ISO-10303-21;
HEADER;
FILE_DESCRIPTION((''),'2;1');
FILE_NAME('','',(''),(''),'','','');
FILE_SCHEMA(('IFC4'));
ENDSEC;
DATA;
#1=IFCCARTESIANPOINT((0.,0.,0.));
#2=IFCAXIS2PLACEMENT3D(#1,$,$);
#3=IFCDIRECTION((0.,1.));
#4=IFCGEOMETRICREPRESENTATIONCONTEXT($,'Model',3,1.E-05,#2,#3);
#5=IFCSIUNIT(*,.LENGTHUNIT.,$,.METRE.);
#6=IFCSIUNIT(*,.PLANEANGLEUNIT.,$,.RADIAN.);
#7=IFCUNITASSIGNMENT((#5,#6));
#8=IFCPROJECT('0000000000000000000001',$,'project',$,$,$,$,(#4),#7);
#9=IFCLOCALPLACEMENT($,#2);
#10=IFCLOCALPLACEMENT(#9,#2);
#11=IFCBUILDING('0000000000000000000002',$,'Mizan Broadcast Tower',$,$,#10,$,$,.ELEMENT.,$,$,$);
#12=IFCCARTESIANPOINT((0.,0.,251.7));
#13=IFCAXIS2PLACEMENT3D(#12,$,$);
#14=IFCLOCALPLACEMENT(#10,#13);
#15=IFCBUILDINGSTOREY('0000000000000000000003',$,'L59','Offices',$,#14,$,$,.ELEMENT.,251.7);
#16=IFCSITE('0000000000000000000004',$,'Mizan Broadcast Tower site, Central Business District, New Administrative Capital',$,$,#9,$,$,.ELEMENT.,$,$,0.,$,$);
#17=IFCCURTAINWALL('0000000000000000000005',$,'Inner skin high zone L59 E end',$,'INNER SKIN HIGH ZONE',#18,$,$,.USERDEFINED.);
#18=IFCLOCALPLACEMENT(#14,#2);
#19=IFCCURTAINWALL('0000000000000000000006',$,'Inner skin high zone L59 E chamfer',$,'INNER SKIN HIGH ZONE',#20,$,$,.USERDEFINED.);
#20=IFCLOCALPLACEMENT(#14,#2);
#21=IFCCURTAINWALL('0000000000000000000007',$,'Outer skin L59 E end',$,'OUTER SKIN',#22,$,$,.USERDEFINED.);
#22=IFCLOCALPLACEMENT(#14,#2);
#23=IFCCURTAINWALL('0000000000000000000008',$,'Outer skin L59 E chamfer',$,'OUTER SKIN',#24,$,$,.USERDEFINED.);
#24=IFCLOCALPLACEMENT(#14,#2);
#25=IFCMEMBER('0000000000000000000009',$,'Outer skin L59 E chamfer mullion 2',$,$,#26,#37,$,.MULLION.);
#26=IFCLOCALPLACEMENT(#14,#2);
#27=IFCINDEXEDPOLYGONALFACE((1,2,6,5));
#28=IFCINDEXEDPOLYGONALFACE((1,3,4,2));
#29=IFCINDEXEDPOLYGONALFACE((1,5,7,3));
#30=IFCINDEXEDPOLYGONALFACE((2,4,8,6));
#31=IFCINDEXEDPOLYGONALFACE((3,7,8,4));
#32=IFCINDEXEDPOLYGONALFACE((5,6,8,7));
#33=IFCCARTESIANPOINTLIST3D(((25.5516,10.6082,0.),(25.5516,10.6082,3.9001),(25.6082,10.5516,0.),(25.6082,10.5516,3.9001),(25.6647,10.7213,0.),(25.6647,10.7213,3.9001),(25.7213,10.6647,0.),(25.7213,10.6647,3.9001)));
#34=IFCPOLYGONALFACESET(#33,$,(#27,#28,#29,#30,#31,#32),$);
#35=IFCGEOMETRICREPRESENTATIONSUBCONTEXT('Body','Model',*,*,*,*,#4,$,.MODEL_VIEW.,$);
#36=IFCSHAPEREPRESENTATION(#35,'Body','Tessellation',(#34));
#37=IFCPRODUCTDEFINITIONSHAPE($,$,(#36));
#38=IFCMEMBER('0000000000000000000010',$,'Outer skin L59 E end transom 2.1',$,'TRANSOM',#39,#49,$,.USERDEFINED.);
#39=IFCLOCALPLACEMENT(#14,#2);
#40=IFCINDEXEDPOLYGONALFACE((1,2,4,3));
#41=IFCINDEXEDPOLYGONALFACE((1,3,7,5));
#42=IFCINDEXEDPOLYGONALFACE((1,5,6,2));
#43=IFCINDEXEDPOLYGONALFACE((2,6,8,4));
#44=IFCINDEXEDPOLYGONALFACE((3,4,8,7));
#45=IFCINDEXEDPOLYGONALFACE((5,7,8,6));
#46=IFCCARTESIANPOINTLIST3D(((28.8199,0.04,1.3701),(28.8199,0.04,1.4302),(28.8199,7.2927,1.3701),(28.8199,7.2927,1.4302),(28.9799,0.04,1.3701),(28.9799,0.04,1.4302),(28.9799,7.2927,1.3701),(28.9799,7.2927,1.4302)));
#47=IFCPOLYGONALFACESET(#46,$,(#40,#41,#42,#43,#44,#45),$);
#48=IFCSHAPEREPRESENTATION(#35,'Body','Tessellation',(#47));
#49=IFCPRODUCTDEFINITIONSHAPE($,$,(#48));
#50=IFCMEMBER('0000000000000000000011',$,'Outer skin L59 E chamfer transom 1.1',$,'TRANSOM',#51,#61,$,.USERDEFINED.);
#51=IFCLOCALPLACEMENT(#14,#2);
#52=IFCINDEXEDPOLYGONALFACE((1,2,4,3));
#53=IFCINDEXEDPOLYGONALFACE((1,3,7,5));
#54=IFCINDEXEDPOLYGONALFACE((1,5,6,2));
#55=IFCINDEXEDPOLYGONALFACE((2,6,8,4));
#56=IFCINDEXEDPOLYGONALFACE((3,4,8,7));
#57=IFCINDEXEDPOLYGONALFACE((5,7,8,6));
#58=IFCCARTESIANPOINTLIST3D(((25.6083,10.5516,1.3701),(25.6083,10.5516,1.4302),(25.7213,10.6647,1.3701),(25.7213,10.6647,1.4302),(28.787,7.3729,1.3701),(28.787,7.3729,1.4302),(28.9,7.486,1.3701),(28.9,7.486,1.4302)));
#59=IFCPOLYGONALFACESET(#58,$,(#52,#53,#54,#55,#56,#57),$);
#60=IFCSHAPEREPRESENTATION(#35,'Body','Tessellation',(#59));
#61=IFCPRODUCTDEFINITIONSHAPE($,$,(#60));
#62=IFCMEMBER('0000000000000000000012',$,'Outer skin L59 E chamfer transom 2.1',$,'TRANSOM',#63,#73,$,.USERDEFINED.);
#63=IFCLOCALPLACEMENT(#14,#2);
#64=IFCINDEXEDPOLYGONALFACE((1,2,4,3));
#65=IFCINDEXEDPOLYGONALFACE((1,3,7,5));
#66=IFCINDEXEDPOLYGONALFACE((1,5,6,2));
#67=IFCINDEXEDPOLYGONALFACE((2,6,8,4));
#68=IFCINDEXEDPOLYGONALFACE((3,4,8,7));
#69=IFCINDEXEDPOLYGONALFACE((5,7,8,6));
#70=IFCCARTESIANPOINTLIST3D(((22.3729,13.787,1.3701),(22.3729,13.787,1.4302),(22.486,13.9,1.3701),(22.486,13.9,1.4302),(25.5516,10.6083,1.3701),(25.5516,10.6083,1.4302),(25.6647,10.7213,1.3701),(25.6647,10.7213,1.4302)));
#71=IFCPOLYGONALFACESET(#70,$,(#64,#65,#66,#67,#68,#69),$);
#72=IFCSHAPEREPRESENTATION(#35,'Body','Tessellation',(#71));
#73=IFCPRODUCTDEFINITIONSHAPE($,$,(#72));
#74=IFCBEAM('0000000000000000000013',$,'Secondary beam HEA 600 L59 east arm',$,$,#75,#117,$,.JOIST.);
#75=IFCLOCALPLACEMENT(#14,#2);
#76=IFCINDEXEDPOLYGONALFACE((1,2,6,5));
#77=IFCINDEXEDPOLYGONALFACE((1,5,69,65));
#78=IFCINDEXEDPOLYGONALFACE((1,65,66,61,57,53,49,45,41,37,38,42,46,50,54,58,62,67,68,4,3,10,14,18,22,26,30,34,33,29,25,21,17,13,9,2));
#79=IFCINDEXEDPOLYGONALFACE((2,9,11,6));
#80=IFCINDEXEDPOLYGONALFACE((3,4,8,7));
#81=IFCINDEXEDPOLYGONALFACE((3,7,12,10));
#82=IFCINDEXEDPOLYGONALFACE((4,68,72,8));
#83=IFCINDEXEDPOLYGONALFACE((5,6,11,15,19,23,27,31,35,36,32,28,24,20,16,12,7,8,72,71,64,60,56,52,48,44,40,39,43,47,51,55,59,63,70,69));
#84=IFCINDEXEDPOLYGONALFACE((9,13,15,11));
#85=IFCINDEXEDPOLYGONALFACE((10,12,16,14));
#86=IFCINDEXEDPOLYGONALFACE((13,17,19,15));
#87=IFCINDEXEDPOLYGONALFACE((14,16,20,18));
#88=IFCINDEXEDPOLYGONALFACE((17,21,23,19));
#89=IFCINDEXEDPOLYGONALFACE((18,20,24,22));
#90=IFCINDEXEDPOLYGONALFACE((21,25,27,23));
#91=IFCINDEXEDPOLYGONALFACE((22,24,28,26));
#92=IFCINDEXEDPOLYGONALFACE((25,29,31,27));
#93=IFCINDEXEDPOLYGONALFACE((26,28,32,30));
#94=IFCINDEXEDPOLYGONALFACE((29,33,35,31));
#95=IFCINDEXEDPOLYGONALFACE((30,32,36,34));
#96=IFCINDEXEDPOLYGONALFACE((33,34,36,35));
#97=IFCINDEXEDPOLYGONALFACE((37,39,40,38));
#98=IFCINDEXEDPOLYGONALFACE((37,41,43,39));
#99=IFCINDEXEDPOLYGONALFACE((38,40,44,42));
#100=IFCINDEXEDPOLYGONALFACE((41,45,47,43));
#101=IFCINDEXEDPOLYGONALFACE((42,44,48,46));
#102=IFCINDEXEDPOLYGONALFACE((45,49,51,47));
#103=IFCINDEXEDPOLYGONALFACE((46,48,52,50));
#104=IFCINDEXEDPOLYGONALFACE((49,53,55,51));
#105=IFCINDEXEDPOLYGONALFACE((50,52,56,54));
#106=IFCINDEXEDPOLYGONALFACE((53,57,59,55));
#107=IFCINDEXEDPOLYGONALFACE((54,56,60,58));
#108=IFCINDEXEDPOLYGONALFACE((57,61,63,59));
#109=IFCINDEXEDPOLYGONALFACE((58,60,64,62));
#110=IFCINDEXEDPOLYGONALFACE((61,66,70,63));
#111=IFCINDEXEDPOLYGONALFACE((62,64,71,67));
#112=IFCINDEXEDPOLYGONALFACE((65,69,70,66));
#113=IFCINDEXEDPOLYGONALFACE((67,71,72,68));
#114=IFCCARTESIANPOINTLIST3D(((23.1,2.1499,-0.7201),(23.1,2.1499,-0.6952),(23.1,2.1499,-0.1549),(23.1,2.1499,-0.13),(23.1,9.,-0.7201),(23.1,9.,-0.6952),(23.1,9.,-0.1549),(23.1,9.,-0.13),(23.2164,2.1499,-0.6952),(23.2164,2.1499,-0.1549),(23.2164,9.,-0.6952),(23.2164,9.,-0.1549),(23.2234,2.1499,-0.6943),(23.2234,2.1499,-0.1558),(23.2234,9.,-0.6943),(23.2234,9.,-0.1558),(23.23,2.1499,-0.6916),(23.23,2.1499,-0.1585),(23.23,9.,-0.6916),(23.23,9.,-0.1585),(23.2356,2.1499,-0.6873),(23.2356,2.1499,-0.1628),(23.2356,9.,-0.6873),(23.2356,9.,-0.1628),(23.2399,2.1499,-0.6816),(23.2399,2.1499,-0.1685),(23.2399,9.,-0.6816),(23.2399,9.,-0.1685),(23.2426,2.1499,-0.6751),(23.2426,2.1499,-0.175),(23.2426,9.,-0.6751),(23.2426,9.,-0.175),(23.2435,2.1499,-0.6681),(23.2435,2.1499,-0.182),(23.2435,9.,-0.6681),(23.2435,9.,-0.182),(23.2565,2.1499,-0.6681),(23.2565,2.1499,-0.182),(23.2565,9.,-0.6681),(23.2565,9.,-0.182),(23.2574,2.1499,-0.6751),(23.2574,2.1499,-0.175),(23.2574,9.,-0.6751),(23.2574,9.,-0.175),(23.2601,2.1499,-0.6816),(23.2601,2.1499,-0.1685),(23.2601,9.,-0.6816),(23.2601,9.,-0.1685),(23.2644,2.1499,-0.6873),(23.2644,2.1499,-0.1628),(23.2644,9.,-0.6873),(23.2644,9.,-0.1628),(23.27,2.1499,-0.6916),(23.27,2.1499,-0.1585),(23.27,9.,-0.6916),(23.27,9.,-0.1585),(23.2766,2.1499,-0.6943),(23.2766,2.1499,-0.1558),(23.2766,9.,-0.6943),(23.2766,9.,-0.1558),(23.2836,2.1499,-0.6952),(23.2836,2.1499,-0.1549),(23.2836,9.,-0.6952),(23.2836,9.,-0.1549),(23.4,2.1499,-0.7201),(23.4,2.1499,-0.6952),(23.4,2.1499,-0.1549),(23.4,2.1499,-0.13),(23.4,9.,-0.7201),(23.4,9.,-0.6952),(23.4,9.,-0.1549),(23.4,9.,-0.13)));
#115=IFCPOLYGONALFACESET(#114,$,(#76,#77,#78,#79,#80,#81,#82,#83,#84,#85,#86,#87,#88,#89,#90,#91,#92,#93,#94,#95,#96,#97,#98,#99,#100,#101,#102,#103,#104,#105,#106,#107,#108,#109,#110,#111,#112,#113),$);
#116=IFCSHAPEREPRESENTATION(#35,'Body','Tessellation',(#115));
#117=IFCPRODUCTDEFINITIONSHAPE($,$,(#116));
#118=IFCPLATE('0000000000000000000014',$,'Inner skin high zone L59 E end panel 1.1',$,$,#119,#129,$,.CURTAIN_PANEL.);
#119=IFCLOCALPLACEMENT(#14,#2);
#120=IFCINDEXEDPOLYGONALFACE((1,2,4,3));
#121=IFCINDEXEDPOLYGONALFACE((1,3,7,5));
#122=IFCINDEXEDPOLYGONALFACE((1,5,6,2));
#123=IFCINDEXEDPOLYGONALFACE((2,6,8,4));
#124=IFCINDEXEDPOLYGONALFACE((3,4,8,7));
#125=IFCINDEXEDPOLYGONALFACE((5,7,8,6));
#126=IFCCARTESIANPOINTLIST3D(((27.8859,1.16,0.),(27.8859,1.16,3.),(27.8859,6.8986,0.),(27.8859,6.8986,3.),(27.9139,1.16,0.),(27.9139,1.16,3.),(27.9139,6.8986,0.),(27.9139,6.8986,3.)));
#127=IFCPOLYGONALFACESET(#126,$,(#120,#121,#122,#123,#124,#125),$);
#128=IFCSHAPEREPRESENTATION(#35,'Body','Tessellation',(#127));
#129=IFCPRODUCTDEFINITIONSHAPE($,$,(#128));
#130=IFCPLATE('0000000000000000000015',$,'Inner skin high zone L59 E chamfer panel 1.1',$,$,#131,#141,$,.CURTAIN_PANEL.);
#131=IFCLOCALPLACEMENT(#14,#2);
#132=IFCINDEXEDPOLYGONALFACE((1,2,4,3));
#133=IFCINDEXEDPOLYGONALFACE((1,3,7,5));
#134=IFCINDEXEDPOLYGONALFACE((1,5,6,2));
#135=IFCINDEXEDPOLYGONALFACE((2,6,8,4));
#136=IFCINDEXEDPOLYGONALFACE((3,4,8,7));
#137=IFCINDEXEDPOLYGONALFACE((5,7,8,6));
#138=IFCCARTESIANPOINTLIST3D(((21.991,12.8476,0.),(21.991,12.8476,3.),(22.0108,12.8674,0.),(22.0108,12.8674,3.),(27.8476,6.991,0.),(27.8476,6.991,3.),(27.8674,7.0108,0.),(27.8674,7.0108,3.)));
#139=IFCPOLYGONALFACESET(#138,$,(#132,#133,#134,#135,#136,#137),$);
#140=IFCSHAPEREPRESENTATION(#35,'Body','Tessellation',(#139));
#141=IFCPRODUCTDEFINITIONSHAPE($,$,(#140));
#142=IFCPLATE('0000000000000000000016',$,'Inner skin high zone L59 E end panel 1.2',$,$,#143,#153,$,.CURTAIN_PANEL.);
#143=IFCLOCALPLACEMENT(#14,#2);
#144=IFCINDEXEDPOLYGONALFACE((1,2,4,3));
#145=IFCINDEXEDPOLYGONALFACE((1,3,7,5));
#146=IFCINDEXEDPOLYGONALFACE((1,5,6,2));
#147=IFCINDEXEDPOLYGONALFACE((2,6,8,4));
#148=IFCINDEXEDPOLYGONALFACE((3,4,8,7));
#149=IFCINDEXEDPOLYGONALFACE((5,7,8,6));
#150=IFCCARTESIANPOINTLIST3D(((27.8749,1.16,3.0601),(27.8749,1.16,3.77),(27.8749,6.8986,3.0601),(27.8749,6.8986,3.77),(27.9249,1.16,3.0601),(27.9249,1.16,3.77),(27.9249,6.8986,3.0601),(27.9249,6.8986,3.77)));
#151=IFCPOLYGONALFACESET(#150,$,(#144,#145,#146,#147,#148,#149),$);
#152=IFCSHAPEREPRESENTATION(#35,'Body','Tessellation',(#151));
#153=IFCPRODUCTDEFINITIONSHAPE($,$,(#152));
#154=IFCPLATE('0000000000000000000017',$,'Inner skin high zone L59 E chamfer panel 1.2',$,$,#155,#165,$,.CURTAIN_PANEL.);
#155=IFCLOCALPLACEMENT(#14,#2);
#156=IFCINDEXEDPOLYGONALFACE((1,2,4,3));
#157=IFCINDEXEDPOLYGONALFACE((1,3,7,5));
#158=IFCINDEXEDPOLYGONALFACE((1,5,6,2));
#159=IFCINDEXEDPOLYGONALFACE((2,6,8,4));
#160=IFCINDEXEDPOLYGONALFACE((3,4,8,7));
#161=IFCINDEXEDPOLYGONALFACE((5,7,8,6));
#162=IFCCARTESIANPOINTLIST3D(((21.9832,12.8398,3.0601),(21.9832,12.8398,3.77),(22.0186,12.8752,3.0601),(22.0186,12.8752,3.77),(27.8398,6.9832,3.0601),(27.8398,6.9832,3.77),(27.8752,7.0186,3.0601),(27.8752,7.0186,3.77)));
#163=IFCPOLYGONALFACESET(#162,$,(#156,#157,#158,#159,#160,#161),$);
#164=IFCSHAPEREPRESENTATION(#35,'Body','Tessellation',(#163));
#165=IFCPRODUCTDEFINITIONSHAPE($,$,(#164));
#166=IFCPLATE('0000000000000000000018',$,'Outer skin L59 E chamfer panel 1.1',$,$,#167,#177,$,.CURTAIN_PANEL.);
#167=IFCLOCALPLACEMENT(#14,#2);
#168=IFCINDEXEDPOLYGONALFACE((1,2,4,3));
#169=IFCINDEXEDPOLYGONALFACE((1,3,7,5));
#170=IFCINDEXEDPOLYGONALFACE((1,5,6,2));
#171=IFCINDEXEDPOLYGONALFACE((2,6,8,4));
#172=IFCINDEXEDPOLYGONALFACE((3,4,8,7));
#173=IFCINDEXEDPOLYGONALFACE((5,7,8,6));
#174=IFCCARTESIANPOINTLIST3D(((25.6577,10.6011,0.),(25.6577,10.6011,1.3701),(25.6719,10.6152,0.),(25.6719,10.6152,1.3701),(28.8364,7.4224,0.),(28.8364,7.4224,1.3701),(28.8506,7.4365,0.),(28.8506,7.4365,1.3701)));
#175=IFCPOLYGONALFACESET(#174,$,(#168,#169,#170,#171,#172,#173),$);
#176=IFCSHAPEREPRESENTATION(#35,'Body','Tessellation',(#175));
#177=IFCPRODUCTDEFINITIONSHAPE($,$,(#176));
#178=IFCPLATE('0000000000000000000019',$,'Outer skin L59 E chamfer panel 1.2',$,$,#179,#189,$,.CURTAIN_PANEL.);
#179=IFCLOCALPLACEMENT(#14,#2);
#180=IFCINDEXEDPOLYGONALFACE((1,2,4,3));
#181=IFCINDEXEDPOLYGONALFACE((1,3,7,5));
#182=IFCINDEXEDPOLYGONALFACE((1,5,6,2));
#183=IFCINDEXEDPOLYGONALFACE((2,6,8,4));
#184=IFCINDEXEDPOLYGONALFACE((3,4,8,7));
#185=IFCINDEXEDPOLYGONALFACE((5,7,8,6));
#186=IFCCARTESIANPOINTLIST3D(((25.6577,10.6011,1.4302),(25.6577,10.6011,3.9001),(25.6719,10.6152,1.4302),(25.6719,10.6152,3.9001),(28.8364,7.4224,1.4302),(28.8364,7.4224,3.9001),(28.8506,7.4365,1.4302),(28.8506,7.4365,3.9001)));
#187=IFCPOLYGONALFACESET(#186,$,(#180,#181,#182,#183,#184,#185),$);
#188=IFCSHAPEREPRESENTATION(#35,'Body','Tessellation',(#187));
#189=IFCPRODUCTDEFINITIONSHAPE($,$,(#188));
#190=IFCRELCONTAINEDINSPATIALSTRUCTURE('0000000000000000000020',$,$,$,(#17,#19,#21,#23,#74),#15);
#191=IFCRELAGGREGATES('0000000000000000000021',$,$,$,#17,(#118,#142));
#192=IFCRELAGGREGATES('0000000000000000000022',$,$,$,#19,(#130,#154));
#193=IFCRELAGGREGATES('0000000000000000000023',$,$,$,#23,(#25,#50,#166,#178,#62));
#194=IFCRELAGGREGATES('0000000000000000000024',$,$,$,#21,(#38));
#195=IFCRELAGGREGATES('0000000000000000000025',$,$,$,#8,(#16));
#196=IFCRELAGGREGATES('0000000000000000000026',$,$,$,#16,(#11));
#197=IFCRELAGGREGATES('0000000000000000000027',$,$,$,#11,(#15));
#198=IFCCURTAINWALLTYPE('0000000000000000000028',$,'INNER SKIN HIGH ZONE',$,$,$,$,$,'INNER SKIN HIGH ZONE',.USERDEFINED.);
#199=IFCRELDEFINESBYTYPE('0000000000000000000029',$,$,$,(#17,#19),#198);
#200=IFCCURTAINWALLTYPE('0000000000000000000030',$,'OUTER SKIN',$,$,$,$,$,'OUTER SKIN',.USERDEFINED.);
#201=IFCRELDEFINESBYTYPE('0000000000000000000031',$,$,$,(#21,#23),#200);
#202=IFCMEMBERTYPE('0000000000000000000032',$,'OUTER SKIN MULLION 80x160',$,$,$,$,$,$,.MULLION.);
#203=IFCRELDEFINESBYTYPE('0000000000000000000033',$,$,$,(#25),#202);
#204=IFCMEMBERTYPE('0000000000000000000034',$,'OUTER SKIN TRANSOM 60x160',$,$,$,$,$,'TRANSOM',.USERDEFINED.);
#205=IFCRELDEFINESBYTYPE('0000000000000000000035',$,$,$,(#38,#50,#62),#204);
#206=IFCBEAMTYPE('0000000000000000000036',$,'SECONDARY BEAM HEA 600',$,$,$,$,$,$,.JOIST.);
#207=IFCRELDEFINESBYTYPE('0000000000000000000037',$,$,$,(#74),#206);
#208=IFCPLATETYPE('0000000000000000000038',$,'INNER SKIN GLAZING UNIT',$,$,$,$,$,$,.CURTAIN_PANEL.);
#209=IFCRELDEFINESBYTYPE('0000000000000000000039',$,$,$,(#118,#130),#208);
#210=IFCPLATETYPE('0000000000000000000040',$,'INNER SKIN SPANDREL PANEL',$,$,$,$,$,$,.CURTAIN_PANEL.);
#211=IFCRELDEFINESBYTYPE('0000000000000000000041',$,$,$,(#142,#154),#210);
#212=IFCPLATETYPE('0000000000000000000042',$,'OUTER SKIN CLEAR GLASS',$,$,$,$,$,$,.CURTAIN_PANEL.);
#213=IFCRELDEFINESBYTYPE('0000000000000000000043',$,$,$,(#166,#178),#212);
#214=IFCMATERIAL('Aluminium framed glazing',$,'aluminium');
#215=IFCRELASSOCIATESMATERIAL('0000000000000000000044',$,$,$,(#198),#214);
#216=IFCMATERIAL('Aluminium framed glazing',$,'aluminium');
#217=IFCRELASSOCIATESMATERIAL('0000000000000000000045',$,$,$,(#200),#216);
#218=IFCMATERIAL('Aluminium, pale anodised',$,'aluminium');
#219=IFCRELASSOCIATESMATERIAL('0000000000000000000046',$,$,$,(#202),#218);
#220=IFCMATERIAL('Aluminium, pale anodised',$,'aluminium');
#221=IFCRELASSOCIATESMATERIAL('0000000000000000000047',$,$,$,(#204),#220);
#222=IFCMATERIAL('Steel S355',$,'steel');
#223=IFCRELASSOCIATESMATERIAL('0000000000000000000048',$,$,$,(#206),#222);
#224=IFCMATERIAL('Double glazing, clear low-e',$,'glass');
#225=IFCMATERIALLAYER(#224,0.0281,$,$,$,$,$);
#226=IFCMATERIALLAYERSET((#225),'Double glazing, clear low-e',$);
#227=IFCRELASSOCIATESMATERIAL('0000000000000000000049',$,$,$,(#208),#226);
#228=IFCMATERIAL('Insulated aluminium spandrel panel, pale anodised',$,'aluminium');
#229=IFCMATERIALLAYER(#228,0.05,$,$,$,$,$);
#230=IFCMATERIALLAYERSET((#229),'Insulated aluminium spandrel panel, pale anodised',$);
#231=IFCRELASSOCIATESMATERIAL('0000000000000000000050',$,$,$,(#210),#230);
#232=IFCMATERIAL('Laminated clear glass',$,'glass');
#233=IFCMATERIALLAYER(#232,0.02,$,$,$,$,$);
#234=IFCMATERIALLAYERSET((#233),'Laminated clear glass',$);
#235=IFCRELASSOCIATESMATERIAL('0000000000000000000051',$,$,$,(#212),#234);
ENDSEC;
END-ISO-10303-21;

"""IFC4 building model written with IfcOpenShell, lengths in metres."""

from ifc_helpers import new_model, si_unit, direction, frame, origin, origin_2d, place, context, subcontext, project, spatial, rectangle, i_section, extrude, material, layer, layer_set, material_profile, profile_set, type_object, element, aggregate, save


model = new_model("IFC4")

# Units and contexts
model_context = context("Model", 3, precision=1e-05, world=origin(), true_north=direction((0.0, 1.0)))
body_context = subcontext(model_context, "Body", "Model", "MODEL_VIEW")
ifc_project = project(units=[si_unit("LENGTHUNIT", "METRE"), si_unit("PLANEANGLEUNIT", "RADIAN")], contexts=[model_context])

# Site, building, storey
site_placement = place(None, origin())
site = spatial("IfcSite", under=ifc_project, at=site_placement, Name="Mizan Broadcast Tower site, Central Business District, New Administrative Capital", CompositionType="ELEMENT", RefElevation=0.0)
building_placement = place(site_placement, origin())
building = spatial("IfcBuilding", under=site, at=building_placement, Name="Mizan Broadcast Tower", CompositionType="ELEMENT")
storey_placement = place(building_placement, frame((0.0, 0.0, 251.7)))
storey = spatial("IfcBuildingStorey", under=building, at=storey_placement, Name="L59", Description="Offices", CompositionType="ELEMENT", Elevation=251.7)

# Curtain wall
ifc_material_1 = material(Name="Aluminium framed glazing", Category="aluminium")
curtain_wall_type_1 = type_object("IfcCurtainWallType", Name="INNER SKIN HIGH ZONE", ElementType="INNER SKIN HIGH ZONE", PredefinedType="USERDEFINED", material=ifc_material_1)
curtain_wall_1_placement = place(storey_placement, origin())
curtain_wall_1 = element("IfcCurtainWall", 1, at=curtain_wall_1_placement, inside=storey, type_object=curtain_wall_type_1, Name="Inner skin high zone L59 E end", ObjectType="INNER SKIN HIGH ZONE", PredefinedType="USERDEFINED")

# Curtain wall
curtain_wall_2_placement = place(storey_placement, origin())
curtain_wall_2 = element("IfcCurtainWall", 2, at=curtain_wall_2_placement, inside=storey, type_object=curtain_wall_type_1, Name="Inner skin high zone L59 E chamfer", ObjectType="INNER SKIN HIGH ZONE", PredefinedType="USERDEFINED")

# Curtain wall
ifc_material_2 = material(Name="Aluminium framed glazing", Category="aluminium")
curtain_wall_type_2 = type_object("IfcCurtainWallType", Name="OUTER SKIN", ElementType="OUTER SKIN", PredefinedType="USERDEFINED", material=ifc_material_2)
curtain_wall_3_placement = place(storey_placement, origin())
curtain_wall_3 = element("IfcCurtainWall", 3, at=curtain_wall_3_placement, inside=storey, type_object=curtain_wall_type_2, Name="Outer skin L59 E end", ObjectType="OUTER SKIN", PredefinedType="USERDEFINED")
ifc_material_3 = material(Name="Aluminium, pale anodised", Category="aluminium")
ifc_material_profile_1 = material_profile(ifc_material_3, rectangle(XDim=0.1599, YDim=0.0801, at=origin_2d()), Name="MULLION 160x80")
ifc_profile_set_1 = profile_set([ifc_material_profile_1], Name="Aluminium, pale anodised")
member_type_1 = type_object("IfcMemberType", Name="OUTER SKIN MULLION 80x160", PredefinedType="MULLION", material=ifc_profile_set_1)

# Curtain wall, member
curtain_wall_4_placement = place(storey_placement, origin())
curtain_wall_4 = element("IfcCurtainWall", 4, at=curtain_wall_4_placement, inside=storey, type_object=curtain_wall_type_2, Name="Outer skin L59 E chamfer", ObjectType="OUTER SKIN", PredefinedType="USERDEFINED")
member_1_placement = place(storey_placement, frame((25.6365, 10.6365, 0.0), z_axis=(0.0, 0.0, 1.0), x_axis=(-0.707107, -0.707107, 0.0)))
member_1 = element("IfcMember", 5, at=member_1_placement, type_object=member_type_1, Name="Outer skin L59 E chamfer mullion 2", PredefinedType="MULLION", context=body_context, shape_type="SweptSolid", body=[
    extrude(rectangle(XDim=0.1599, YDim=0.0801, at=origin_2d()), origin(), (0.0, 0.0, 1.0), 3.9001),
])

# Members
ifc_material_4 = material(Name="Aluminium, pale anodised", Category="aluminium")
ifc_material_profile_2 = material_profile(ifc_material_4, rectangle(XDim=0.1599, YDim=0.0601, at=origin_2d()), Name="TRANSOM 160x60")
ifc_profile_set_2 = profile_set([ifc_material_profile_2], Name="Aluminium, pale anodised")
member_type_2 = type_object("IfcMemberType", Name="OUTER SKIN TRANSOM 60x160", ElementType="TRANSOM", PredefinedType="USERDEFINED", material=ifc_profile_set_2)
member_2_placement = place(storey_placement, frame((28.8999, 0.04, 1.4001), z_axis=(0.0, 1.0, 0.0), x_axis=(-1.0, 0.0, 0.0)))
member_2 = element("IfcMember", 6, at=member_2_placement, type_object=member_type_2, Name="Outer skin L59 E end transom 2.1", ObjectType="TRANSOM", PredefinedType="USERDEFINED", context=body_context, shape_type="SweptSolid", body=[
    extrude(rectangle(XDim=0.1599, YDim=0.0601, at=origin_2d()), origin(), (0.0, 0.0, 1.0), 7.2527),
])
member_3_placement = place(storey_placement, frame((28.8435, 7.4294, 1.4001), z_axis=(-0.707107, 0.707107, 0.0), x_axis=(-0.707107, -0.707107, 0.0)))
member_3 = element("IfcMember", 7, at=member_3_placement, type_object=member_type_2, Name="Outer skin L59 E chamfer transom 1.1", ObjectType="TRANSOM", PredefinedType="USERDEFINED", context=body_context, shape_type="SweptSolid", body=[
    extrude(rectangle(XDim=0.1599, YDim=0.0601, at=origin_2d()), origin(), (0.0, 0.0, 1.0), 4.4954),
])
member_4_placement = place(storey_placement, frame((25.6082, 10.6648, 1.4001), z_axis=(-0.707107, 0.707107, 0.0), x_axis=(-0.707107, -0.707107, 0.0)))
member_4 = element("IfcMember", 8, at=member_4_placement, type_object=member_type_2, Name="Outer skin L59 E chamfer transom 2.1", ObjectType="TRANSOM", PredefinedType="USERDEFINED", context=body_context, shape_type="SweptSolid", body=[
    extrude(rectangle(XDim=0.1599, YDim=0.0601, at=origin_2d()), origin(), (0.0, 0.0, 1.0), 4.4954),
])

# Beam
ifc_material_5 = material(Name="Steel S355", Category="steel")
ifc_material_profile_3 = material_profile(ifc_material_5, i_section(OverallWidth=0.3, OverallDepth=0.5901, WebThickness=0.0129, FlangeThickness=0.0249, FilletRadius=0.0271, at=origin_2d()), Name="HEA 600")
ifc_profile_set_3 = profile_set([ifc_material_profile_3], Name="Steel S355")
beam_type_1 = type_object("IfcBeamType", Name="SECONDARY BEAM HEA 600", PredefinedType="JOIST", material=ifc_profile_set_3)
beam_1_placement = place(storey_placement, frame((23.25, 9.0, -0.425), z_axis=(0.0, -1.0, 0.0), x_axis=(1.0, 0.0, 0.0)))
element("IfcBeam", 9, at=beam_1_placement, inside=storey, type_object=beam_type_1, Name="Secondary beam HEA 600 L59 east arm", PredefinedType="JOIST", context=body_context, shape_type="SweptSolid", body=[
    extrude(i_section(OverallWidth=0.3, OverallDepth=0.5901, WebThickness=0.0129, FlangeThickness=0.0249, FilletRadius=0.0271, at=origin_2d()), origin(), (0.0, 0.0, 1.0), 6.8501),
])

# Plates
ifc_material_6 = material(Name="Double glazing, clear low-e", Category="glass")
ifc_layer_1 = layer(ifc_material_6, 0.0281)
ifc_layer_set_1 = layer_set([ifc_layer_1], Name="Double glazing, clear low-e")
plate_type_1 = type_object("IfcPlateType", Name="INNER SKIN GLAZING UNIT", PredefinedType="CURTAIN_PANEL", material=ifc_layer_set_1)
plate_1_placement = place(storey_placement, frame((27.8999, 4.0293, 0.0), z_axis=(0.0, 0.0, 1.0), x_axis=(0.0, 1.0, 0.0)))
plate_1 = element("IfcPlate", 10, at=plate_1_placement, type_object=plate_type_1, Name="Inner skin high zone L59 E end panel 1.1", PredefinedType="CURTAIN_PANEL", context=body_context, shape_type="SweptSolid", body=[
    extrude(rectangle(XDim=5.7385, YDim=0.0281, at=origin_2d()), origin(), (0.0, 0.0, 1.0), 3.0),
])
plate_2_placement = place(storey_placement, frame((24.9292, 9.9292, 0.0), z_axis=(0.0, 0.0, 1.0), x_axis=(-0.707107, 0.707107, 0.0)))
plate_2 = element("IfcPlate", 11, at=plate_2_placement, type_object=plate_type_1, Name="Inner skin high zone L59 E chamfer panel 1.1", PredefinedType="CURTAIN_PANEL", context=body_context, shape_type="SweptSolid", body=[
    extrude(rectangle(XDim=8.2825, YDim=0.0281, at=origin_2d()), origin(), (0.0, 0.0, 1.0), 3.0),
])
ifc_material_7 = material(Name="Insulated aluminium spandrel panel, pale anodised", Category="aluminium")
ifc_layer_2 = layer(ifc_material_7, 0.05)
ifc_layer_set_2 = layer_set([ifc_layer_2], Name="Insulated aluminium spandrel panel, pale anodised")
plate_type_2 = type_object("IfcPlateType", Name="INNER SKIN SPANDREL PANEL", PredefinedType="CURTAIN_PANEL", material=ifc_layer_set_2)
plate_3_placement = place(storey_placement, frame((27.8999, 4.0293, 3.0601), z_axis=(0.0, 0.0, 1.0), x_axis=(0.0, 1.0, 0.0)))
plate_3 = element("IfcPlate", 12, at=plate_3_placement, type_object=plate_type_2, Name="Inner skin high zone L59 E end panel 1.2", PredefinedType="CURTAIN_PANEL", context=body_context, shape_type="SweptSolid", body=[
    extrude(rectangle(XDim=5.7385, YDim=0.05, at=origin_2d()), origin(), (0.0, 0.0, 1.0), 0.71),
])
aggregate(curtain_wall_1, [plate_1, plate_3])
plate_4_placement = place(storey_placement, frame((24.9292, 9.9292, 3.0601), z_axis=(0.0, 0.0, 1.0), x_axis=(-0.707107, 0.707107, 0.0)))
plate_4 = element("IfcPlate", 13, at=plate_4_placement, type_object=plate_type_2, Name="Inner skin high zone L59 E chamfer panel 1.2", PredefinedType="CURTAIN_PANEL", context=body_context, shape_type="SweptSolid", body=[
    extrude(rectangle(XDim=8.2825, YDim=0.05, at=origin_2d()), origin(), (0.0, 0.0, 1.0), 0.71),
])
aggregate(curtain_wall_2, [plate_2, plate_4])
ifc_material_8 = material(Name="Laminated clear glass", Category="glass")
ifc_layer_3 = layer(ifc_material_8, 0.02)
ifc_layer_set_3 = layer_set([ifc_layer_3], Name="Laminated clear glass")
plate_type_3 = type_object("IfcPlateType", Name="OUTER SKIN CLEAR GLASS", PredefinedType="CURTAIN_PANEL", material=ifc_layer_set_3)
plate_5_placement = place(storey_placement, frame((27.2542, 9.0188, 0.0), z_axis=(0.0, 0.0, 1.0), x_axis=(-0.707107, 0.707107, 0.0)))
plate_5 = element("IfcPlate", 14, at=plate_5_placement, type_object=plate_type_3, Name="Outer skin L59 E chamfer panel 1.1", PredefinedType="CURTAIN_PANEL", context=body_context, shape_type="SweptSolid", body=[
    extrude(rectangle(XDim=4.4954, YDim=0.02, at=origin_2d()), origin(), (0.0, 0.0, 1.0), 1.3701),
])
plate_6_placement = place(storey_placement, frame((27.2542, 9.0188, 1.4302), z_axis=(0.0, 0.0, 1.0), x_axis=(-0.707107, 0.707107, 0.0)))
plate_6 = element("IfcPlate", 15, at=plate_6_placement, type_object=plate_type_3, Name="Outer skin L59 E chamfer panel 1.2", PredefinedType="CURTAIN_PANEL", context=body_context, shape_type="SweptSolid", body=[
    extrude(rectangle(XDim=4.4954, YDim=0.02, at=origin_2d()), origin(), (0.0, 0.0, 1.0), 2.47),
])
aggregate(curtain_wall_4, [member_1, member_3, plate_5, plate_6, member_4])
aggregate(curtain_wall_3, [member_2])

save(model, "model.ifc")
